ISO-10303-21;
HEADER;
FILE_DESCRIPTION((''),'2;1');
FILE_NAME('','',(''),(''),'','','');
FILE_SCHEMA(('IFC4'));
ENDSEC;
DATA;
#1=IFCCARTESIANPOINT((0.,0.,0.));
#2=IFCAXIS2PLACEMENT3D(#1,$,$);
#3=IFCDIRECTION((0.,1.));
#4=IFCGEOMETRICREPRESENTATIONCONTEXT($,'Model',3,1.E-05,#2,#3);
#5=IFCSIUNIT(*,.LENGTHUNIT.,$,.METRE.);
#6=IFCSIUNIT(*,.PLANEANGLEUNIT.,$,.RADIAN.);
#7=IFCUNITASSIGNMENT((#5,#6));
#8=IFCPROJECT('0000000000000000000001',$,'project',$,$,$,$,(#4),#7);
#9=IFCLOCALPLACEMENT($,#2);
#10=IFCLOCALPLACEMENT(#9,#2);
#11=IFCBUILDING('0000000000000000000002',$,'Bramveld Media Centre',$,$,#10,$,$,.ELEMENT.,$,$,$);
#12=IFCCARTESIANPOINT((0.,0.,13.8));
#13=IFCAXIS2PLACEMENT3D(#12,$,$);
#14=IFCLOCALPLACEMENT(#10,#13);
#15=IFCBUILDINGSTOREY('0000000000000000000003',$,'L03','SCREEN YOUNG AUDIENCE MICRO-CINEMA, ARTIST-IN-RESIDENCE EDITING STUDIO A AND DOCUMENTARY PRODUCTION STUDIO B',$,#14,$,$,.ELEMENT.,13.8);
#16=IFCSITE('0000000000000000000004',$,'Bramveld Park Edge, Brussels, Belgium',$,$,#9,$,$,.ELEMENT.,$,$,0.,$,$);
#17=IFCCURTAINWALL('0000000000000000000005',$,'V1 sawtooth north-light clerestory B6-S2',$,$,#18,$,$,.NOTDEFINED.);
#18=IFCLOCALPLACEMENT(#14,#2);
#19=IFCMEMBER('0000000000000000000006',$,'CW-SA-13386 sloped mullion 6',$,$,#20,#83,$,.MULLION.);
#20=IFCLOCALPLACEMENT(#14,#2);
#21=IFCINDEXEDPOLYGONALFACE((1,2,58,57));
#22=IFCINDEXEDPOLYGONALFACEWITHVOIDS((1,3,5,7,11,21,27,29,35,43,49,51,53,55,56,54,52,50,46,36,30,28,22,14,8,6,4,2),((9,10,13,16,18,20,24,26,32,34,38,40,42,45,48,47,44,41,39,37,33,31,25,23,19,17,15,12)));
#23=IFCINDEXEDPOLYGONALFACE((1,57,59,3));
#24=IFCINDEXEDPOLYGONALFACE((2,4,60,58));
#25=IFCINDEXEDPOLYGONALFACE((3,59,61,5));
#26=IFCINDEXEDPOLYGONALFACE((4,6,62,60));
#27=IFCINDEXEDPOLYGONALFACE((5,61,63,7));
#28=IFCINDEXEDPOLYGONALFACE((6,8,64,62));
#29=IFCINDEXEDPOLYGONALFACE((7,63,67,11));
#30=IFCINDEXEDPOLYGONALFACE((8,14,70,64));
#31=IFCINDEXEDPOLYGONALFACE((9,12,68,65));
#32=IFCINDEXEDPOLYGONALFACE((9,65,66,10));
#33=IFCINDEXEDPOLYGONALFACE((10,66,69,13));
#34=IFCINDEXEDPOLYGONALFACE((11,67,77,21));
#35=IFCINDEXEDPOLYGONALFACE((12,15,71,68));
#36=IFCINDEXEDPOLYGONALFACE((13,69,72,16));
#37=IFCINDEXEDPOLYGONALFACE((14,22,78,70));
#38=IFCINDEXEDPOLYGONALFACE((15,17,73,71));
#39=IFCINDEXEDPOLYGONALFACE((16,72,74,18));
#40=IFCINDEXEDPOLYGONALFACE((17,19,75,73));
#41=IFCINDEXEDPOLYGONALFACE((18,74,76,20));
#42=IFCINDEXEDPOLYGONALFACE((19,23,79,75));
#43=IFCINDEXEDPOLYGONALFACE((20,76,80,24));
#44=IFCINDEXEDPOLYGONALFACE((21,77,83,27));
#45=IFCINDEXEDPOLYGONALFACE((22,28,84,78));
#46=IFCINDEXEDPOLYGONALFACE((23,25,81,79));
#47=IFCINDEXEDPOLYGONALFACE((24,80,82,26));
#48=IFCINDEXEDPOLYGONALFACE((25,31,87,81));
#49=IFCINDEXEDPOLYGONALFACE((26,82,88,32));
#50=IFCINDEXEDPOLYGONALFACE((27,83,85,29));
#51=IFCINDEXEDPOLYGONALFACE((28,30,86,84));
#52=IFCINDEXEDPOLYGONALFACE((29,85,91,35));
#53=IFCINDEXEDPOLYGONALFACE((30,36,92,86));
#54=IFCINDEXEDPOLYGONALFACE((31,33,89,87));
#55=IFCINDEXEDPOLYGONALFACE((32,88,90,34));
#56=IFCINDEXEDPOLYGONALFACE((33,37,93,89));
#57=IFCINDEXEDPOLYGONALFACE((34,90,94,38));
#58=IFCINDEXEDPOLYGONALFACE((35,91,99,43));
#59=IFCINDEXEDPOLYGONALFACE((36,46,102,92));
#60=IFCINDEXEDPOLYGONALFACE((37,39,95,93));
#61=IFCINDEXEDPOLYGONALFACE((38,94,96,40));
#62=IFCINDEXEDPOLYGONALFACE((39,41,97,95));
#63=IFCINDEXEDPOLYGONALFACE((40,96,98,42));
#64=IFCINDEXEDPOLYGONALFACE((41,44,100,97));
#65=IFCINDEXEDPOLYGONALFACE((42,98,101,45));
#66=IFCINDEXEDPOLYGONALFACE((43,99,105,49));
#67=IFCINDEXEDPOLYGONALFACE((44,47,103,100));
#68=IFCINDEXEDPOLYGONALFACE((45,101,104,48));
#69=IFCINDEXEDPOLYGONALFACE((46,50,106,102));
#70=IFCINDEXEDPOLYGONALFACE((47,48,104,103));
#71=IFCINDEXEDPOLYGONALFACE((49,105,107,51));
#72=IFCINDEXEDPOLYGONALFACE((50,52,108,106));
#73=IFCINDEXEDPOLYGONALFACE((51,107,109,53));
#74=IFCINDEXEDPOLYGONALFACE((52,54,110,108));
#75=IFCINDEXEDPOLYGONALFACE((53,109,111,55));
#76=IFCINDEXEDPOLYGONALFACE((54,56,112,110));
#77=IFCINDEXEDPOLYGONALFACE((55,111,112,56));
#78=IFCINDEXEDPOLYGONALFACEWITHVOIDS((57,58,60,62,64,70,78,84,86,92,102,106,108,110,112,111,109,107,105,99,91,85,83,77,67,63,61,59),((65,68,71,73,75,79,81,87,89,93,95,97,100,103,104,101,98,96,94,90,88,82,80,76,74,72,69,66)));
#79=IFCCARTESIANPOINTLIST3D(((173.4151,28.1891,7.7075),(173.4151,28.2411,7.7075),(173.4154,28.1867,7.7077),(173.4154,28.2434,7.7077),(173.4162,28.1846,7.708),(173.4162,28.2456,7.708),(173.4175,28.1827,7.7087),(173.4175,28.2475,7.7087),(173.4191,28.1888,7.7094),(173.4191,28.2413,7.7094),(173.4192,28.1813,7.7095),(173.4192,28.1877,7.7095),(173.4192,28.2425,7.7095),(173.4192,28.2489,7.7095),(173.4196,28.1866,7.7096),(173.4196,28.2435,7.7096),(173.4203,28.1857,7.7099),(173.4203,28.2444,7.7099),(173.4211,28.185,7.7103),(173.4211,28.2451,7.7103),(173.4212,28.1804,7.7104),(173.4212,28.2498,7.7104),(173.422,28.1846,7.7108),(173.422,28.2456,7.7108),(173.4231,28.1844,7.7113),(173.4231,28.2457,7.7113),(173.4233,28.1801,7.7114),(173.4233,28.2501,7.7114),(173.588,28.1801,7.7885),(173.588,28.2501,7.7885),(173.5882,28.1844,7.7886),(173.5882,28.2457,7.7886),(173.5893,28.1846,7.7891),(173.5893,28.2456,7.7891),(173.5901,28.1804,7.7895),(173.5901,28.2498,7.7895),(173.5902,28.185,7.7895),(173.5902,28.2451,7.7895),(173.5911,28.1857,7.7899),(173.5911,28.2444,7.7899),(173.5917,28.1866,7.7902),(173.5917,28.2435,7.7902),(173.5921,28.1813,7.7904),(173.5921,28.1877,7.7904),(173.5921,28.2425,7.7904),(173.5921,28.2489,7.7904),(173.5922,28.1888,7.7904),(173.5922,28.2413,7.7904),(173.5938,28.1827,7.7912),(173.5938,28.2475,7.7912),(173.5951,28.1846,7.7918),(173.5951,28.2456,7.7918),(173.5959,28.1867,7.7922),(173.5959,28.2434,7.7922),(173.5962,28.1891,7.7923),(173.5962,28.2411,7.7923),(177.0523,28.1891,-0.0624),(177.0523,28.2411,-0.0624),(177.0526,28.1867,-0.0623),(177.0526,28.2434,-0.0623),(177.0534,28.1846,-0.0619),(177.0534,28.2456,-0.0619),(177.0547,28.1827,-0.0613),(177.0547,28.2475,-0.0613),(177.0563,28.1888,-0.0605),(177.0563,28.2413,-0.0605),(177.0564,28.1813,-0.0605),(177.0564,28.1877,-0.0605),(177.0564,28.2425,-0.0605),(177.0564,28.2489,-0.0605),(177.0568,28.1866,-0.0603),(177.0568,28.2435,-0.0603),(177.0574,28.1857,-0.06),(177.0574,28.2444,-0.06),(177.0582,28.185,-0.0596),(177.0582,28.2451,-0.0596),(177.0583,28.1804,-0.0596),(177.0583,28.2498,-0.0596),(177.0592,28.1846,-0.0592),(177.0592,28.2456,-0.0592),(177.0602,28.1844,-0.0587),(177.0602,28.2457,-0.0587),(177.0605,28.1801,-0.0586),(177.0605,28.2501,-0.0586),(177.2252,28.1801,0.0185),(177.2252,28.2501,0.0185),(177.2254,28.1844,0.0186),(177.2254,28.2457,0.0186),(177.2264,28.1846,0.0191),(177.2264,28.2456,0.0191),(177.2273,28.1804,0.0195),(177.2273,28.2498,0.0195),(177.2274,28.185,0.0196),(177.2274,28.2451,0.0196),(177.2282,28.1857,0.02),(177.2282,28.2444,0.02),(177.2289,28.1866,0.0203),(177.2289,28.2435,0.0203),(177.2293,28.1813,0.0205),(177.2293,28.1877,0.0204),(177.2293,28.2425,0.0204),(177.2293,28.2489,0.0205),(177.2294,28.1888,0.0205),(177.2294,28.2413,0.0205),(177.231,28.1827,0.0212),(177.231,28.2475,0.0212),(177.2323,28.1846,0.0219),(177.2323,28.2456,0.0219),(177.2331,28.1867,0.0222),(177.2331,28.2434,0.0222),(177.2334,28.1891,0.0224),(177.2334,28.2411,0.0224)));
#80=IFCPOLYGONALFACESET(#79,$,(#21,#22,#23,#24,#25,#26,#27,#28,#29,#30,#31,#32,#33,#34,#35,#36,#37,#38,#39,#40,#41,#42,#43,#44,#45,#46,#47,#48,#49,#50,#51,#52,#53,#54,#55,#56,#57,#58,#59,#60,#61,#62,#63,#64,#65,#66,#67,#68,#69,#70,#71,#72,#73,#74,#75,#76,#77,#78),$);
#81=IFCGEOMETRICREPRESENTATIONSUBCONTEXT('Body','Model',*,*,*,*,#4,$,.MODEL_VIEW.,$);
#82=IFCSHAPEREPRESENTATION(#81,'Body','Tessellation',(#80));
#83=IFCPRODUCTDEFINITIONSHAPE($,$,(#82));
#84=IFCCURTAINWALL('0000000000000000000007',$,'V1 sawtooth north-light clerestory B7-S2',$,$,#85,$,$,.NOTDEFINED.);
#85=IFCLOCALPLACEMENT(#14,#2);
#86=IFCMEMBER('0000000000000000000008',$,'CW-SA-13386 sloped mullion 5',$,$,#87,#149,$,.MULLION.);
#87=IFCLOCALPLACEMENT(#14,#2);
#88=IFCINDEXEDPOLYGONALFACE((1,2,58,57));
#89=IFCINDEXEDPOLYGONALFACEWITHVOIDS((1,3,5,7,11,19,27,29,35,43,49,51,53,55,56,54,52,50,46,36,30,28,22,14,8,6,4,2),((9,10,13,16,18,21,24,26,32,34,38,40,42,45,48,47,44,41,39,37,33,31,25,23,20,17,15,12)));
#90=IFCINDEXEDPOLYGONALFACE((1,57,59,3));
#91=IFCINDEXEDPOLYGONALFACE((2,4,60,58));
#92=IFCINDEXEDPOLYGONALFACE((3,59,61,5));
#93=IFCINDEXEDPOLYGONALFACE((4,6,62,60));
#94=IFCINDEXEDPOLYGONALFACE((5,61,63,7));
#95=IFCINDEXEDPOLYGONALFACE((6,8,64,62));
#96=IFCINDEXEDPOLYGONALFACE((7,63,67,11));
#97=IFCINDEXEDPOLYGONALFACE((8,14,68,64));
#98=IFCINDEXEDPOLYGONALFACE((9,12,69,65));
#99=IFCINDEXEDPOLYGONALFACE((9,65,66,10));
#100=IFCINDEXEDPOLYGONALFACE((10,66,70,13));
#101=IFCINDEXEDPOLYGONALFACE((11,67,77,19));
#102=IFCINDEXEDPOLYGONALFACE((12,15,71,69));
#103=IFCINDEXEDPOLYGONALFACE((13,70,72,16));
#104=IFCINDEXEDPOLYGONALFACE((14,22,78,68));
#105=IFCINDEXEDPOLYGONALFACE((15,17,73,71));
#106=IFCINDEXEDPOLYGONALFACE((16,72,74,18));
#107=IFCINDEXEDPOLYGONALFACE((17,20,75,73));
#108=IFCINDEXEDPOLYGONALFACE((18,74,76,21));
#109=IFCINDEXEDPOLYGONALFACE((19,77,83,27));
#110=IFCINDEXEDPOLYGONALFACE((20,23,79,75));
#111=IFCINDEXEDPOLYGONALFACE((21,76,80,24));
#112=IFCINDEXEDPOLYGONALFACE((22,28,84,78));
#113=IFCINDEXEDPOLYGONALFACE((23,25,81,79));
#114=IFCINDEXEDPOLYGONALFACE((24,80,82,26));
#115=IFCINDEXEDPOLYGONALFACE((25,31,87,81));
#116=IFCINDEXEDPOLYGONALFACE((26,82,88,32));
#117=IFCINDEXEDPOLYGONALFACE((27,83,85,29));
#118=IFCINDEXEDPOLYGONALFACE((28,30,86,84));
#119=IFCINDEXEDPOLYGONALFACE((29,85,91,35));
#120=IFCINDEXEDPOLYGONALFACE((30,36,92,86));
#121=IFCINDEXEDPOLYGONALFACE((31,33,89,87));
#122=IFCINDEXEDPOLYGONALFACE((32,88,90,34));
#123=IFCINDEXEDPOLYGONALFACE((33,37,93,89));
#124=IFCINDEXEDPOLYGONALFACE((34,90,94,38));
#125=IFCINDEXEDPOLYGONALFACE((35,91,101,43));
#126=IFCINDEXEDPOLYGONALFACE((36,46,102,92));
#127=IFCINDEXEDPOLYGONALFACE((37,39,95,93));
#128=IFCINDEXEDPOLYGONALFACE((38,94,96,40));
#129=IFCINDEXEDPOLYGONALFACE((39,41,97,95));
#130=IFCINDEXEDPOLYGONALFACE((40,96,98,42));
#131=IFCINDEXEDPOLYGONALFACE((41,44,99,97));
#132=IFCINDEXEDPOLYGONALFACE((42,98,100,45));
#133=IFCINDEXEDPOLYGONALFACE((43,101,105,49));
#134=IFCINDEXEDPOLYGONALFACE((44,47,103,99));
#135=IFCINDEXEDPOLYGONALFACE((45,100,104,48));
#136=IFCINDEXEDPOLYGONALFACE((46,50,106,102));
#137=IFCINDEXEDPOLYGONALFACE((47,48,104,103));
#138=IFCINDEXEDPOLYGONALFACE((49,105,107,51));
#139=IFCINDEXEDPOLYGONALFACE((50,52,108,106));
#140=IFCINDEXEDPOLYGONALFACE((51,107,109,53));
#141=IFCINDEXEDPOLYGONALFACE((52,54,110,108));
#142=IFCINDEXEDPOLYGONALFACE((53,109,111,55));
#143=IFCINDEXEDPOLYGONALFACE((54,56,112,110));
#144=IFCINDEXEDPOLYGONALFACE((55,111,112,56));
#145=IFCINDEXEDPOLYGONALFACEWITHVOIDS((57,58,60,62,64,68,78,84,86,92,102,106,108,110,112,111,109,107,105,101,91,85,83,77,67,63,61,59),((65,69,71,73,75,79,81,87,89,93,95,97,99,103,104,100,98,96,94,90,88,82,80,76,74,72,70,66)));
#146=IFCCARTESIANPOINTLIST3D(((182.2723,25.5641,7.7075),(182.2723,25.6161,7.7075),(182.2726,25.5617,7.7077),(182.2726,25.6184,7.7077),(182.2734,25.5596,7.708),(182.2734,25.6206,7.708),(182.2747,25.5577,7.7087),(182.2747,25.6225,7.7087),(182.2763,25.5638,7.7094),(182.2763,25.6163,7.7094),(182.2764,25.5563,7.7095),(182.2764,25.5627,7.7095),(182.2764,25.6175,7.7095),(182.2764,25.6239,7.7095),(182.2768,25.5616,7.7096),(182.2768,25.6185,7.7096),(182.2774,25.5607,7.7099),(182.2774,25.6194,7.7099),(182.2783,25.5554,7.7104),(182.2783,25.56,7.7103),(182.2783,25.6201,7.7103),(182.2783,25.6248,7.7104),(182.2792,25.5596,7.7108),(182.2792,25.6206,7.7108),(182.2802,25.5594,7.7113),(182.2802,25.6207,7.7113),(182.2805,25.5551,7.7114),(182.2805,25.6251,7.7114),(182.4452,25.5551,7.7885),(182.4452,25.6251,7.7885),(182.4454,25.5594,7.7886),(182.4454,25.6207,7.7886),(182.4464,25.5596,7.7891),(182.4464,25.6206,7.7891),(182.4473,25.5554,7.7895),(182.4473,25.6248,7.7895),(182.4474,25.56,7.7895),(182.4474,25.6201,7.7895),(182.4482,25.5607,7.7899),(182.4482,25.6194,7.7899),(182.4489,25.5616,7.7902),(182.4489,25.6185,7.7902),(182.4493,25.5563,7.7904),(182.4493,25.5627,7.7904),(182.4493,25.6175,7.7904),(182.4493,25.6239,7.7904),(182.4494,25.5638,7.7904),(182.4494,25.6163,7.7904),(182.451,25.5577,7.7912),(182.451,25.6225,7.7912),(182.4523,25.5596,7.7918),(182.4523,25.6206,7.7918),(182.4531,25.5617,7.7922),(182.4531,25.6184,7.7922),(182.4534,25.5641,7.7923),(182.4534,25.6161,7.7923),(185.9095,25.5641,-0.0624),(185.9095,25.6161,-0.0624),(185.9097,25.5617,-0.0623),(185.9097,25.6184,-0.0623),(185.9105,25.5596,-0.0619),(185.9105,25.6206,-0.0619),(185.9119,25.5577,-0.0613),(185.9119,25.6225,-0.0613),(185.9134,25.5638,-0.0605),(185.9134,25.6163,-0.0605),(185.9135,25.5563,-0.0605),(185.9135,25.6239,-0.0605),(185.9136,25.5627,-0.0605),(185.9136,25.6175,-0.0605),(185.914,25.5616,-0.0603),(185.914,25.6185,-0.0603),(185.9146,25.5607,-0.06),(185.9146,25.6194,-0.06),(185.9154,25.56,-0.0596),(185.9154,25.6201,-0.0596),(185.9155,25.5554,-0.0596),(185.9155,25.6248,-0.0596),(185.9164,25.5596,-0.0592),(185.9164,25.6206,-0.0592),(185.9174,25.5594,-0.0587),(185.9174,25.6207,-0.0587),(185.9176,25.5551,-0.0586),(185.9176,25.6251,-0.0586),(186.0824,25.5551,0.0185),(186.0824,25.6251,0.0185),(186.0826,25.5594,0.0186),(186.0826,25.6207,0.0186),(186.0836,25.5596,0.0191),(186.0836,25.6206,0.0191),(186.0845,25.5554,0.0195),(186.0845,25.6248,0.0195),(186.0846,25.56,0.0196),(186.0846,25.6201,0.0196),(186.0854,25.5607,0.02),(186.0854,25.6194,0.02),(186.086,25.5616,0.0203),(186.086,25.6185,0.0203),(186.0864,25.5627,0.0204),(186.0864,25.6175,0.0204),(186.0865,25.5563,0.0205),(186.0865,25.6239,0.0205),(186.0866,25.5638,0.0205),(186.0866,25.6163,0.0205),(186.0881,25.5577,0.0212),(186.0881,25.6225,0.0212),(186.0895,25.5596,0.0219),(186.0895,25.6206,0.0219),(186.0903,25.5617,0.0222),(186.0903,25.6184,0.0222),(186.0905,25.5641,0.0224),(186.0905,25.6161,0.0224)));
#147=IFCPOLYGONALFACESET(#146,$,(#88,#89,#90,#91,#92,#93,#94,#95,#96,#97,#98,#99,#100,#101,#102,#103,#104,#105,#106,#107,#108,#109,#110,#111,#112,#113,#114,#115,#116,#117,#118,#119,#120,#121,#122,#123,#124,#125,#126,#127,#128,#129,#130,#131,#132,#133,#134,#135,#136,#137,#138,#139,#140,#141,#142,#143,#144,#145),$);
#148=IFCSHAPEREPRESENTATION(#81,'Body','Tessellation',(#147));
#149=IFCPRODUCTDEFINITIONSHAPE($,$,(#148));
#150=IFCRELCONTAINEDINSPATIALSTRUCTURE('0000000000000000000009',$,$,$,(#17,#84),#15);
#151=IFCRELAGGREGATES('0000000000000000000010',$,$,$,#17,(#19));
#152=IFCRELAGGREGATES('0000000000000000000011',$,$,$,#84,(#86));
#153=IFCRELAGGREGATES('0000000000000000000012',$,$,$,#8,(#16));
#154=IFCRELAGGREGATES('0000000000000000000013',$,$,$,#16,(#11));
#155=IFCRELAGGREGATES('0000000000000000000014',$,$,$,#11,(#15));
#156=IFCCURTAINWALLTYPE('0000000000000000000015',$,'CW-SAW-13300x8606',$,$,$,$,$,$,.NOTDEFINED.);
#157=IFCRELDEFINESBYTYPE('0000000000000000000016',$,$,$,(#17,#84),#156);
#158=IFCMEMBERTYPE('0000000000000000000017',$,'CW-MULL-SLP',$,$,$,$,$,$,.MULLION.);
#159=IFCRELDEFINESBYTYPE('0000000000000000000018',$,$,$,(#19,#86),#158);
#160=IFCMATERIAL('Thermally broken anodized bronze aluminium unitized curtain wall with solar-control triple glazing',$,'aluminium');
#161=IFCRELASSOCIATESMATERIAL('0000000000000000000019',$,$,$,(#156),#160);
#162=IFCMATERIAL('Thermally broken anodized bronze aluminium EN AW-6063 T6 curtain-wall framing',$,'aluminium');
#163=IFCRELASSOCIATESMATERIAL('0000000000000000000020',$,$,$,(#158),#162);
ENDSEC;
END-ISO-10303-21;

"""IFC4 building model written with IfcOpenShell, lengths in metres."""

from ifc_helpers import new_model, si_unit, direction, frame, origin, origin_2d, place, context, subcontext, project, spatial, hollow_rectangle, extrude, material, material_profile, profile_set, type_object, element, aggregate, save


model = new_model("IFC4")

# Units and contexts
model_context = context("Model", 3, precision=1e-05, world=origin(), true_north=direction((0.0, 1.0)))
body_context = subcontext(model_context, "Body", "Model", "MODEL_VIEW")
ifc_project = project(units=[si_unit("LENGTHUNIT", "METRE"), si_unit("PLANEANGLEUNIT", "RADIAN")], contexts=[model_context])

# Site, building, storey
site_placement = place(None, origin())
site = spatial("IfcSite", under=ifc_project, at=site_placement, Name="Bramveld Park Edge, Brussels, Belgium", CompositionType="ELEMENT", RefElevation=0.0)
building_placement = place(site_placement, origin())
building = spatial("IfcBuilding", under=site, at=building_placement, Name="Bramveld Media Centre", CompositionType="ELEMENT")
storey_placement = place(building_placement, frame((0.0, 0.0, 13.8)))
storey = spatial("IfcBuildingStorey", under=building, at=storey_placement, Name="L03", Description="SCREEN YOUNG AUDIENCE MICRO-CINEMA, ARTIST-IN-RESIDENCE EDITING STUDIO A AND DOCUMENTARY PRODUCTION STUDIO B", CompositionType="ELEMENT", Elevation=13.8)

# Curtain wall, member
ifc_material_1 = material(Name="Thermally broken anodized bronze aluminium unitized curtain wall with solar-control triple glazing", Category="aluminium")
curtain_wall_type = type_object("IfcCurtainWallType", Name="CW-SAW-13300x8606", PredefinedType="NOTDEFINED", material=ifc_material_1)
curtain_wall_1_placement = place(storey_placement, origin())
curtain_wall_1 = element("IfcCurtainWall", 1, at=curtain_wall_1_placement, inside=storey, type_object=curtain_wall_type, Name="V1 sawtooth north-light clerestory B6-S2", PredefinedType="NOTDEFINED")
ifc_material_2 = material(Name="Thermally broken anodized bronze aluminium EN AW-6063 T6 curtain-wall framing", Category="aluminium")
ifc_material_profile_1 = material_profile(ifc_material_2, hollow_rectangle(XDim=0.0701, YDim=0.2, WallThickness=0.0044, InnerFilletRadius=0.0044, OuterFilletRadius=0.009, at=origin_2d()), Name="AL-MULL 70x200")
ifc_profile_set_1 = profile_set([ifc_material_profile_1], Name="Thermally broken anodized bronze aluminium EN AW-6063 T6 curtain-wall framing")
member_type_1 = type_object("IfcMemberType", Name="CW-MULL-SLP", PredefinedType="MULLION", material=ifc_profile_set_1)
member_1_placement = place(storey_placement, frame((177.1428, 28.2151, -0.02), z_axis=(-0.423957, 0.0, 0.905682), x_axis=(0.0, -1.0, 0.0)))
member_1 = element("IfcMember", 2, at=member_1_placement, type_object=member_type_1, Name="CW-SA-13386 sloped mullion 6", PredefinedType="MULLION", context=body_context, shape_type="SweptSolid", body=[
    extrude(hollow_rectangle(XDim=0.0701, YDim=0.2, WallThickness=0.0044, InnerFilletRadius=0.0044, OuterFilletRadius=0.009, at=origin_2d()), origin(), (0.0, 0.0, 1.0), 8.5791),
])
aggregate(curtain_wall_1, [member_1])

# Curtain wall, member
curtain_wall_2_placement = place(storey_placement, origin())
curtain_wall_2 = element("IfcCurtainWall", 3, at=curtain_wall_2_placement, inside=storey, type_object=curtain_wall_type, Name="V1 sawtooth north-light clerestory B7-S2", PredefinedType="NOTDEFINED")
member_2_placement = place(storey_placement, frame((186.0, 25.5901, -0.02), z_axis=(-0.423957, 0.0, 0.905682), x_axis=(0.0, -1.0, 0.0)))
member_2 = element("IfcMember", 4, at=member_2_placement, type_object=member_type_1, Name="CW-SA-13386 sloped mullion 5", PredefinedType="MULLION", context=body_context, shape_type="SweptSolid", body=[
    extrude(hollow_rectangle(XDim=0.0701, YDim=0.2, WallThickness=0.0044, InnerFilletRadius=0.0044, OuterFilletRadius=0.009, at=origin_2d()), origin(), (0.0, 0.0, 1.0), 8.5791),
])

aggregate(curtain_wall_2, [member_2])

save(model, "model.ifc")
